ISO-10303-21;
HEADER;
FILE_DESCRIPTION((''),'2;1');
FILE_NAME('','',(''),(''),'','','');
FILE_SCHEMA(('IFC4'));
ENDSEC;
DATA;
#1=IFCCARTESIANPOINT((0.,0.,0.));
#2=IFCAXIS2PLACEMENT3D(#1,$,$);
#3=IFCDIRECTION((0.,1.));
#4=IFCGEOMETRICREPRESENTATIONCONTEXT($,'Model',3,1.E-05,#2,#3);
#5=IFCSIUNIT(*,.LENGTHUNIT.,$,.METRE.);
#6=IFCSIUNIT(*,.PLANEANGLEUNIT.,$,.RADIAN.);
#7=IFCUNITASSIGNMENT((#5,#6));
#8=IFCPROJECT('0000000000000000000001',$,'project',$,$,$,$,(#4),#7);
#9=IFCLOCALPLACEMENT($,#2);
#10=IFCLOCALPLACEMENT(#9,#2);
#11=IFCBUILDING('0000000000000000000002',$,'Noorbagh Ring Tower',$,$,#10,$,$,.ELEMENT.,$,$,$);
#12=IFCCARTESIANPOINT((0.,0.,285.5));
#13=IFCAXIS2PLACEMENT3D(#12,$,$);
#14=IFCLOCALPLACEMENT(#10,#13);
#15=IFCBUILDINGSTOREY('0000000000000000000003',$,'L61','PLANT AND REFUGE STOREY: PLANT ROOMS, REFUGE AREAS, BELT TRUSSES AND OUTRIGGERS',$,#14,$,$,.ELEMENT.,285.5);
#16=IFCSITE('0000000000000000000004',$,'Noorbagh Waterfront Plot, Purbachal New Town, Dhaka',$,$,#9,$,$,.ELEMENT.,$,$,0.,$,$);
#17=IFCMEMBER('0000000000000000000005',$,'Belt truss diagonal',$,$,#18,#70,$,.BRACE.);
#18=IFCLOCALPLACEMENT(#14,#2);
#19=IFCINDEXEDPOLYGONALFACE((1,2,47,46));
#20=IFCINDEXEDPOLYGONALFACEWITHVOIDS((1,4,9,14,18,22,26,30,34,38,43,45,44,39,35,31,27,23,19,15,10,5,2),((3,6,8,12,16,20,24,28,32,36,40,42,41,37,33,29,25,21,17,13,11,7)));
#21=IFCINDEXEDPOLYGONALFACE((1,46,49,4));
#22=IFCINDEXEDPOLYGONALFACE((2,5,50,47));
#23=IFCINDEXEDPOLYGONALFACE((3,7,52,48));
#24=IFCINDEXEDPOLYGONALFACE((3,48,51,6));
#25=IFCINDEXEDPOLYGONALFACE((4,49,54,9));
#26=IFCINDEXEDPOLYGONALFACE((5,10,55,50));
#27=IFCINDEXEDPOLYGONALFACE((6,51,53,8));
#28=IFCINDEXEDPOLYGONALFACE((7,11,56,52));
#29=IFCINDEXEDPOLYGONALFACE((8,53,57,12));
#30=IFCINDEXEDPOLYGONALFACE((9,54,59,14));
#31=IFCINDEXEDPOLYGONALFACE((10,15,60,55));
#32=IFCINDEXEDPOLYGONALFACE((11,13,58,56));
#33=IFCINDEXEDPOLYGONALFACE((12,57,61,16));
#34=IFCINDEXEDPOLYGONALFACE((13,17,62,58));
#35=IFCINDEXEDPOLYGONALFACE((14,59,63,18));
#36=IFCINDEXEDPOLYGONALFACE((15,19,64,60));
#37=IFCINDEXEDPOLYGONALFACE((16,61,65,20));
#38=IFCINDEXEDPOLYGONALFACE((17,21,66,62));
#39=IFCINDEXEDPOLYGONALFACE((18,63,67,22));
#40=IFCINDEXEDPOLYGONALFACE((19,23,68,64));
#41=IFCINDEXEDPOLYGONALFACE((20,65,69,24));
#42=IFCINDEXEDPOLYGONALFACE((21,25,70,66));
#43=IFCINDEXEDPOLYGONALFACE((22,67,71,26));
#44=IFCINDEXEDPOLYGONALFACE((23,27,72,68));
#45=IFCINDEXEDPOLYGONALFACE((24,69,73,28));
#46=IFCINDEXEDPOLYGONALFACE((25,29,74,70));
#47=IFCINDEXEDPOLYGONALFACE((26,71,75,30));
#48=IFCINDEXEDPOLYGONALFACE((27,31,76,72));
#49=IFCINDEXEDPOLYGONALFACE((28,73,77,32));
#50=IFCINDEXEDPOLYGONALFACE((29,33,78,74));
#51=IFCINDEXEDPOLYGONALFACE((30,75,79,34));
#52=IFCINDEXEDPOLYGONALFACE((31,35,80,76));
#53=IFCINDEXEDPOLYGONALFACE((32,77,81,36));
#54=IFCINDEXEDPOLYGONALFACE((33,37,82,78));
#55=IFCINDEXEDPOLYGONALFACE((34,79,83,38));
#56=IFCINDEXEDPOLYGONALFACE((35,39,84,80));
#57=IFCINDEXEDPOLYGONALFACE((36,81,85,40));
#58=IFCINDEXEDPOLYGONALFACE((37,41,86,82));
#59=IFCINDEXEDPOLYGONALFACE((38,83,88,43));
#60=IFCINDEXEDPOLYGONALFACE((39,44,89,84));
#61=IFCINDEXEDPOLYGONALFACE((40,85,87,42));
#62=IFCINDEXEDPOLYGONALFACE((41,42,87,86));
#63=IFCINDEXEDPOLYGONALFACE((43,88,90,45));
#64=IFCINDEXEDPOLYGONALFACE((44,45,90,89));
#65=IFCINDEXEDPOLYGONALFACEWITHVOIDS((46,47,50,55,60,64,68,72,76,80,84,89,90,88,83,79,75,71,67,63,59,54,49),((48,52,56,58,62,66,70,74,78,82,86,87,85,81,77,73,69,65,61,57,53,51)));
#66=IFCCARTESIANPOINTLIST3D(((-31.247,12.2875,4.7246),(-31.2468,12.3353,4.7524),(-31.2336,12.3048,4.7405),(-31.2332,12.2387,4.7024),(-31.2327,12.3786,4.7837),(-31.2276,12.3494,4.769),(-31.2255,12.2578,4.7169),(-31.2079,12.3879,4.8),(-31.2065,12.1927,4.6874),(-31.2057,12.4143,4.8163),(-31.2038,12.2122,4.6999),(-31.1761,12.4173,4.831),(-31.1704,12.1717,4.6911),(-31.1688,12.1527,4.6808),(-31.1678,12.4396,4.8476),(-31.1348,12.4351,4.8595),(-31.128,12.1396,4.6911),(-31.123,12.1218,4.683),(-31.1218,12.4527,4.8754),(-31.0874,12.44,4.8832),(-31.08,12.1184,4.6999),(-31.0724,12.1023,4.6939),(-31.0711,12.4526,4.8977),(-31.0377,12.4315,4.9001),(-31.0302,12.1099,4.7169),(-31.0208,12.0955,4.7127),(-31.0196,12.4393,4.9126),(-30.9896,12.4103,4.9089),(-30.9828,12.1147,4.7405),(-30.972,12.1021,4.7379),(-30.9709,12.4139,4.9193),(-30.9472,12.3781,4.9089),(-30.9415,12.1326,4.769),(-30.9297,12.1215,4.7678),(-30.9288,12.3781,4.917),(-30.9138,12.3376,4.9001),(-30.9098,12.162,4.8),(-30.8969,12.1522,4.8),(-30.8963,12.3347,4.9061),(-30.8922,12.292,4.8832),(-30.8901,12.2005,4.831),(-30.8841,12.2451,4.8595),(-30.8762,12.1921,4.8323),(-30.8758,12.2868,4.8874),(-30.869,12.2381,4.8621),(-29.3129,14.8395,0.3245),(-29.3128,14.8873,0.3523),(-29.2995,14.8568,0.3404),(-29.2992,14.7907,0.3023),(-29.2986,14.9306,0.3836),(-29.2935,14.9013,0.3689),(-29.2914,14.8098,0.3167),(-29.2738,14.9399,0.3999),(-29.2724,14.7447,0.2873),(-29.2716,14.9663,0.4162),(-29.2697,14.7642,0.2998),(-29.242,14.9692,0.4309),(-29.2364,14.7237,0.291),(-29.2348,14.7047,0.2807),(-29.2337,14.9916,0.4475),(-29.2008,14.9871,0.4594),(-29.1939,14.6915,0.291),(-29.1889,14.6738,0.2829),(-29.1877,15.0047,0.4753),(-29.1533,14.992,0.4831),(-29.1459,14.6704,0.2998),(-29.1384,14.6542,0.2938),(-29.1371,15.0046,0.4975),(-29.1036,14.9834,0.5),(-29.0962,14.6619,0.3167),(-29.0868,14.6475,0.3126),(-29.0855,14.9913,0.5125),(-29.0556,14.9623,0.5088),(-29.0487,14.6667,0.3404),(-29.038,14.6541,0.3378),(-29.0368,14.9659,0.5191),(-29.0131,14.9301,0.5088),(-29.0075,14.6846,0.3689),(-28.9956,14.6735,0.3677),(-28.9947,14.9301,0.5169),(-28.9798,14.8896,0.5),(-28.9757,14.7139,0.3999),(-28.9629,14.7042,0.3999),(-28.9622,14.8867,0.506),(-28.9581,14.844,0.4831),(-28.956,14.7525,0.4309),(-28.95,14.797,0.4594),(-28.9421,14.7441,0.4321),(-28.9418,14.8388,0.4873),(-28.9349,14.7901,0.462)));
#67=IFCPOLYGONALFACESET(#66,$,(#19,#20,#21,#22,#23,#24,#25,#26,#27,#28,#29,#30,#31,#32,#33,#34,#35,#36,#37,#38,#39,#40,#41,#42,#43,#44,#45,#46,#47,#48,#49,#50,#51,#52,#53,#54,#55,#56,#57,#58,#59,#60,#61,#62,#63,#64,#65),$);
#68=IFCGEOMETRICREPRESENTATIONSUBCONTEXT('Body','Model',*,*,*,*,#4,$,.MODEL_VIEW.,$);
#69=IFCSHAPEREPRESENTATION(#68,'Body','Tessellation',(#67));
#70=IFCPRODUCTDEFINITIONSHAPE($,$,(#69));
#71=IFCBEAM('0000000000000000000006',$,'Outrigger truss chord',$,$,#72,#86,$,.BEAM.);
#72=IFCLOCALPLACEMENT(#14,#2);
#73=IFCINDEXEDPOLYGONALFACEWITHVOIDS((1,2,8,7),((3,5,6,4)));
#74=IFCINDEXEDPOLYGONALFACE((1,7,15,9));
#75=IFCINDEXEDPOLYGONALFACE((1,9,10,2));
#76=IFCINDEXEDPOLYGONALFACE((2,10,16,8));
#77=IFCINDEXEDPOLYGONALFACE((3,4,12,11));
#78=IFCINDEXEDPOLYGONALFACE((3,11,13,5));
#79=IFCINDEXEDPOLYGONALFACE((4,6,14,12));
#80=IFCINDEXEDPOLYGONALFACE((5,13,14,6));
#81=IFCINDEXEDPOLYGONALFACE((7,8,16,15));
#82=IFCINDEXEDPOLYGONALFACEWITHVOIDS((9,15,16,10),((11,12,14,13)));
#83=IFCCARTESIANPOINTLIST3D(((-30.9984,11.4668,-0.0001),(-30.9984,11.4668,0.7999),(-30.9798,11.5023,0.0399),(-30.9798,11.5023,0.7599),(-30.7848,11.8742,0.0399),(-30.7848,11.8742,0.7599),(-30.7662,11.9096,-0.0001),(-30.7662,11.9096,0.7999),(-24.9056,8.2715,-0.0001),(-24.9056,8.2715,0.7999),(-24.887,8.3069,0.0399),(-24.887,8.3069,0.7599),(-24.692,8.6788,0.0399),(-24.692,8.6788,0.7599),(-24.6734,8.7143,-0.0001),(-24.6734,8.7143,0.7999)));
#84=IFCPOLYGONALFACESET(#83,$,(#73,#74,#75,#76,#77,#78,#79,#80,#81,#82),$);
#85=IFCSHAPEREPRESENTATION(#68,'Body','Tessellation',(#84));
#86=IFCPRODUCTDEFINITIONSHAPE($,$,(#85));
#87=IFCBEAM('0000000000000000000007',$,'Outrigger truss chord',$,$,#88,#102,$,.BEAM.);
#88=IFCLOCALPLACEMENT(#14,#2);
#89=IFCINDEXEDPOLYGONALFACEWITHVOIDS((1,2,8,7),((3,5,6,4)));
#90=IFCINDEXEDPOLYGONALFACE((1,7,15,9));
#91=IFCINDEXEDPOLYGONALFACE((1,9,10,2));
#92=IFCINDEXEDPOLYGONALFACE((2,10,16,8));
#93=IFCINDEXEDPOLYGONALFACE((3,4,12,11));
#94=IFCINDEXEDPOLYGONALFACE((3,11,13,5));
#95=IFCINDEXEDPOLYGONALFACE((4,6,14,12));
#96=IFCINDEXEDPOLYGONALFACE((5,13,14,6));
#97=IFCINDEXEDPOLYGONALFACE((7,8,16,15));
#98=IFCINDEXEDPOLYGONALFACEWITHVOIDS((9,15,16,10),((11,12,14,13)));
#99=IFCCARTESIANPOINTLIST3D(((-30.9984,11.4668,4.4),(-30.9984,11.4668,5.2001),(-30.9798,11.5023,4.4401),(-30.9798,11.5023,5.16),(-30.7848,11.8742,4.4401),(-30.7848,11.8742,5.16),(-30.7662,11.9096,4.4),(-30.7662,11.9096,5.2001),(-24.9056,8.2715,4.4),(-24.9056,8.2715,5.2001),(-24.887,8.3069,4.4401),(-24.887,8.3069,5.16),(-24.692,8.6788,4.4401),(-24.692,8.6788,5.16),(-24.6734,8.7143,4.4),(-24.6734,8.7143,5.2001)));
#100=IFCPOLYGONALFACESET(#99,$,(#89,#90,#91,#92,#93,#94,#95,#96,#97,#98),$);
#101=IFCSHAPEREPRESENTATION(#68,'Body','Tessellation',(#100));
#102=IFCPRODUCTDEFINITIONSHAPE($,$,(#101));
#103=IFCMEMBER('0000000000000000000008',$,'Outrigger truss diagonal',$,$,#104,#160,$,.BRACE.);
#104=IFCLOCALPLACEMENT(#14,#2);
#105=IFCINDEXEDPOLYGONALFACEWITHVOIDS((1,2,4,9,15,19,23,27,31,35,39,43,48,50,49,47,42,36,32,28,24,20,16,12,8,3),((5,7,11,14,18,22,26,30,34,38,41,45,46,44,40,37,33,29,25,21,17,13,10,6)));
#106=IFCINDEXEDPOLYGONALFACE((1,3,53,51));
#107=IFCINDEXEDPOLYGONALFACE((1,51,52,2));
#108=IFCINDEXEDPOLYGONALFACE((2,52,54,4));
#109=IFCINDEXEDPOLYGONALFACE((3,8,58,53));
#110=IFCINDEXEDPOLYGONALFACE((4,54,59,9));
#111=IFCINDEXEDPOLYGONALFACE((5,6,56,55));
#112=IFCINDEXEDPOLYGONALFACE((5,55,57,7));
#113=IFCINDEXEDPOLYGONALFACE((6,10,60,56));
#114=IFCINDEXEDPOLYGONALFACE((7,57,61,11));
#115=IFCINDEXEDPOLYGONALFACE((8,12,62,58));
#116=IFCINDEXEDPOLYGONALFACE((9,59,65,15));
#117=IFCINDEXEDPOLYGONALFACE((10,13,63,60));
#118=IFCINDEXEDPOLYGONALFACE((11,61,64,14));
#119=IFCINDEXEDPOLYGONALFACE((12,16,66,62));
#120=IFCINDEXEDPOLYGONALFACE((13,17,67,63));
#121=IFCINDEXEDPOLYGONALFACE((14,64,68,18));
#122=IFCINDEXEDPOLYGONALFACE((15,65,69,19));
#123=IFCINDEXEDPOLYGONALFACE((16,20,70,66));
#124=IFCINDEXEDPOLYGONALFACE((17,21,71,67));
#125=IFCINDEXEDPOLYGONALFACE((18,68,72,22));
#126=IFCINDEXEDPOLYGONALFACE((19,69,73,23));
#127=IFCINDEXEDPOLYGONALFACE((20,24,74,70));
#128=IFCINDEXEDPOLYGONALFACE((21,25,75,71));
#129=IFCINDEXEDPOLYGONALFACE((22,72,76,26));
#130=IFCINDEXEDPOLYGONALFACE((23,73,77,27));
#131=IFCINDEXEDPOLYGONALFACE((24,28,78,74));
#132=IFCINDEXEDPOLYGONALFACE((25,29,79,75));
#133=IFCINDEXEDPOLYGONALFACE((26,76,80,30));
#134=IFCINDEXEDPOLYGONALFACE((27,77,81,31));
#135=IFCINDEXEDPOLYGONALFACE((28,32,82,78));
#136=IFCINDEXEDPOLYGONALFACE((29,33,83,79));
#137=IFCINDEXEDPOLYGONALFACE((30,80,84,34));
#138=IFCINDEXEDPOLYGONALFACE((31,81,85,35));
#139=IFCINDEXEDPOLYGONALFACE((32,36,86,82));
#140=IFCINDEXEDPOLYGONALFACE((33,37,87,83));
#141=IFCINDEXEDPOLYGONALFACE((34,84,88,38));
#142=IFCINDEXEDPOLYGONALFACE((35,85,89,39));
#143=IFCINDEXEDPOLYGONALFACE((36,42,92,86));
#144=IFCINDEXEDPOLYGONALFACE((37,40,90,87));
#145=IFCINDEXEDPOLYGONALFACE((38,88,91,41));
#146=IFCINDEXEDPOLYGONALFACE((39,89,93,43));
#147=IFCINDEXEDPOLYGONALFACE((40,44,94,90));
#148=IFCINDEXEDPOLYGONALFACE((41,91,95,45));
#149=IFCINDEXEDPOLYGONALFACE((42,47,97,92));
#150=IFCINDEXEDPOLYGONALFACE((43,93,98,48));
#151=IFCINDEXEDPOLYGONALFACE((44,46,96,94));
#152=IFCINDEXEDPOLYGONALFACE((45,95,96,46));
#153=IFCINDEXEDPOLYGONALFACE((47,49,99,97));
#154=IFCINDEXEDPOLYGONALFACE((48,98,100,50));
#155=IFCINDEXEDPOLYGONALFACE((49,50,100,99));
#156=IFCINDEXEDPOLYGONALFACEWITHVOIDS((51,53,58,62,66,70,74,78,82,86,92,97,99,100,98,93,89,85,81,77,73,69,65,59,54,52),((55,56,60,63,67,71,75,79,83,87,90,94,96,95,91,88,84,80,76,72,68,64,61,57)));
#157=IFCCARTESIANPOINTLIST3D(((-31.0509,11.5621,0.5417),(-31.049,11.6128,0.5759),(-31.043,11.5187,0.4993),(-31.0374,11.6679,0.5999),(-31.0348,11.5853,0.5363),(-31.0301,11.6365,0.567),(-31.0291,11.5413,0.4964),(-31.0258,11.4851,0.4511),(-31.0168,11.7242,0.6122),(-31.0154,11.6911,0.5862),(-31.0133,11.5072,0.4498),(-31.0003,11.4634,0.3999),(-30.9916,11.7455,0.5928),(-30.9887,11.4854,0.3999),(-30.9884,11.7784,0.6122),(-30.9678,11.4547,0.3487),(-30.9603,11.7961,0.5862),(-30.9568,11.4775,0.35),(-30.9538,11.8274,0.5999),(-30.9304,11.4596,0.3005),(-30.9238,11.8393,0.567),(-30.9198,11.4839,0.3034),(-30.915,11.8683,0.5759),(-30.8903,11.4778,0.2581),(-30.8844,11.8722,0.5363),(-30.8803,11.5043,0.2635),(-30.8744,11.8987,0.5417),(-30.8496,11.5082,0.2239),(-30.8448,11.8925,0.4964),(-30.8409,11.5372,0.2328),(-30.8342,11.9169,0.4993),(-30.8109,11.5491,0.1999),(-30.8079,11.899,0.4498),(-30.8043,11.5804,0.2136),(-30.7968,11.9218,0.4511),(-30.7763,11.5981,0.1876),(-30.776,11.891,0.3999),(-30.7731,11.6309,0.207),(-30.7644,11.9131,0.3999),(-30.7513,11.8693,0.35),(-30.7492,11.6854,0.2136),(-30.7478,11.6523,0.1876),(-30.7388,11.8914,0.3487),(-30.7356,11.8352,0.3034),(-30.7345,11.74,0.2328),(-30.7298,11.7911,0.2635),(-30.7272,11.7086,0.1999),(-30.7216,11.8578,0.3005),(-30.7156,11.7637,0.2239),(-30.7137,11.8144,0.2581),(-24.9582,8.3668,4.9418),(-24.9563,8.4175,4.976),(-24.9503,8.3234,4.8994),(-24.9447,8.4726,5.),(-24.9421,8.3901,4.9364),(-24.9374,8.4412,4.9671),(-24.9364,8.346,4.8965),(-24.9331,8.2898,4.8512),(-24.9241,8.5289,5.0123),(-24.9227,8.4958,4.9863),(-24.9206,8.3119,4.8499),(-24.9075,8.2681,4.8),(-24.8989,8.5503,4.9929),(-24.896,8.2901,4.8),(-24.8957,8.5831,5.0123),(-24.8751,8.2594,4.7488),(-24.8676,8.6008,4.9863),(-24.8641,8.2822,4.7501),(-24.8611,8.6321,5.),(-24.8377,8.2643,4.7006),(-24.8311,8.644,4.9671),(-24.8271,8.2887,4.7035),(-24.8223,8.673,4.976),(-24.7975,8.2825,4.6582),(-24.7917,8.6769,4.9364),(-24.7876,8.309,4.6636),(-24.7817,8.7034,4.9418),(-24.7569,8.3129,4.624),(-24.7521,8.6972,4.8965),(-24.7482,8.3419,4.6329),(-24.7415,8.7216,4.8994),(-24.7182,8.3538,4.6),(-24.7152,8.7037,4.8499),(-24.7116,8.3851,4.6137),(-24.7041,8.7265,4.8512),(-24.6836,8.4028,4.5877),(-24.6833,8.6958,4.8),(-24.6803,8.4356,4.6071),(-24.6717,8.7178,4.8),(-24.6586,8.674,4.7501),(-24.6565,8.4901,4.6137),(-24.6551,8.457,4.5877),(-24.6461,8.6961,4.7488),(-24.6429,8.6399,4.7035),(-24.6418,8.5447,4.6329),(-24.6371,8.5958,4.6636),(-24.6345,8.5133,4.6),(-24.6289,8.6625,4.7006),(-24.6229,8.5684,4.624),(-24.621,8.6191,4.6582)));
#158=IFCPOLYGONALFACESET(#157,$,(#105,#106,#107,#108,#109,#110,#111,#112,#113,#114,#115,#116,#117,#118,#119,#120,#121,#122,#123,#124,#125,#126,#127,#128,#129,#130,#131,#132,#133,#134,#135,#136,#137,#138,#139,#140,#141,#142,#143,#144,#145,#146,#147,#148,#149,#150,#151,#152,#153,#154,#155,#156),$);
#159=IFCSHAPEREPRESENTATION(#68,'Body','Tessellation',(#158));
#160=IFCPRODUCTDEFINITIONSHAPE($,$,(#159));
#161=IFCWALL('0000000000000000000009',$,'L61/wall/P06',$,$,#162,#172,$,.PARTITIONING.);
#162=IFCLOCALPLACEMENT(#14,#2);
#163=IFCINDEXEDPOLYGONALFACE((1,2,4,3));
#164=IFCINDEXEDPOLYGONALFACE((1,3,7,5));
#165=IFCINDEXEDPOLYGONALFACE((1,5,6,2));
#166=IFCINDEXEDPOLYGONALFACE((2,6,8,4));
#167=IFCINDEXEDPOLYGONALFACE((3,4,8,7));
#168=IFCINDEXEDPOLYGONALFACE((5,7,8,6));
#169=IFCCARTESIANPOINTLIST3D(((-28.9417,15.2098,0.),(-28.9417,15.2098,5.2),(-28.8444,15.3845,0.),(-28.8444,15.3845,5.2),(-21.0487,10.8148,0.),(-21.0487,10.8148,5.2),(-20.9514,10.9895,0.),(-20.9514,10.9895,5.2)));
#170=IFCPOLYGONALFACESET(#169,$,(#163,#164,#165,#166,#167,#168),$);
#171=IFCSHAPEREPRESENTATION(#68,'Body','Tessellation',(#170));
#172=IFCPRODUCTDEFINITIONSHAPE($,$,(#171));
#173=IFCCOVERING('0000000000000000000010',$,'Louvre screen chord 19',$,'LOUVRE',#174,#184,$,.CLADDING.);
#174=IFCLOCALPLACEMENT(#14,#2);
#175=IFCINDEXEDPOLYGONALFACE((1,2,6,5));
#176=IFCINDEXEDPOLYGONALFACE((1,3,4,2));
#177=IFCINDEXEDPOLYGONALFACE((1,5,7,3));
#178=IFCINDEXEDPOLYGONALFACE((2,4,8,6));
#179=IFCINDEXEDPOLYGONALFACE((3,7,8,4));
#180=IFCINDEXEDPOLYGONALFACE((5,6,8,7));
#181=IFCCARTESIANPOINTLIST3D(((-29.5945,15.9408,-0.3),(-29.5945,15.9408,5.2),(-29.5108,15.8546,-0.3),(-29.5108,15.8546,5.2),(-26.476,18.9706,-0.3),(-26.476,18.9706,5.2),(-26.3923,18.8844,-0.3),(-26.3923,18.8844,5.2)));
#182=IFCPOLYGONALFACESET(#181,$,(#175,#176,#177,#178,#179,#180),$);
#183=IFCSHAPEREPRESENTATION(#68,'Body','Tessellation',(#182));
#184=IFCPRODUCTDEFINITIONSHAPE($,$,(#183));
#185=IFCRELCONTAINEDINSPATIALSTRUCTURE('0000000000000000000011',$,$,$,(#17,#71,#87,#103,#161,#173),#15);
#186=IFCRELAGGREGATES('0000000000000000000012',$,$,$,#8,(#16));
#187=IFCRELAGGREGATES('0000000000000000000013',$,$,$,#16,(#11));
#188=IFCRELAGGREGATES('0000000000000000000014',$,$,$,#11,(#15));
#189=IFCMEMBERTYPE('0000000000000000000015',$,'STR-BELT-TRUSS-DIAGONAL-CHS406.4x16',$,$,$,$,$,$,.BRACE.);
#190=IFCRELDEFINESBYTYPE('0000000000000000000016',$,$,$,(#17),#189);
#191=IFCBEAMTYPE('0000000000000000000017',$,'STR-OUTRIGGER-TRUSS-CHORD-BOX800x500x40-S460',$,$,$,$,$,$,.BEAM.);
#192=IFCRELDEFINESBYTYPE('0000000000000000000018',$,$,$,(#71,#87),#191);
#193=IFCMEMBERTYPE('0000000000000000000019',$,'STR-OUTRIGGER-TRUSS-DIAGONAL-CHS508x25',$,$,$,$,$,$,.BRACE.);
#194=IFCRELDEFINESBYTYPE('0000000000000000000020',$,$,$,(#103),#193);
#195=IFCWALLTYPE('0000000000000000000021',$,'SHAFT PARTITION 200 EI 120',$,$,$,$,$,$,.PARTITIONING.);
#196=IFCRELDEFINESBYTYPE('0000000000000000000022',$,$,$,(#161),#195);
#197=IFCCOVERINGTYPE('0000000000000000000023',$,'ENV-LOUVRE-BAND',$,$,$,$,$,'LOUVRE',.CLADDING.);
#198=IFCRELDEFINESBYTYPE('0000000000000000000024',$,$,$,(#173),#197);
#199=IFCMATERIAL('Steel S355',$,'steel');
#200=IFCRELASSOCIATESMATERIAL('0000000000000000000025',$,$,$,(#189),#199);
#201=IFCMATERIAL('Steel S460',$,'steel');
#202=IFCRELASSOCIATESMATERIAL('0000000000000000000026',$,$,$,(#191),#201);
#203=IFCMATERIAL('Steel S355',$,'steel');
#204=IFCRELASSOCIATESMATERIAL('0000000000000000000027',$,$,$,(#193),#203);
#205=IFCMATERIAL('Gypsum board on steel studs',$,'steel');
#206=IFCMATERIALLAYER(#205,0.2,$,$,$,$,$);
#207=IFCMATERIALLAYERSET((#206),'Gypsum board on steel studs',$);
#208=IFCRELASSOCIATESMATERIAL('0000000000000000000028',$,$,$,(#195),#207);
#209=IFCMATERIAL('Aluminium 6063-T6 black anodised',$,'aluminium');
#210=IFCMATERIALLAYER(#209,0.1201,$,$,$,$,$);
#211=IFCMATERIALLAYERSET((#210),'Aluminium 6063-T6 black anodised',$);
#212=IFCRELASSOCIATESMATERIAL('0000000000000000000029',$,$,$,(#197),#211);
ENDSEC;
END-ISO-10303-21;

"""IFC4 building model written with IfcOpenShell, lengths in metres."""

from ifc_helpers import new_model, si_unit, direction, frame, frame_2d, origin, origin_2d, place, context, subcontext, project, spatial, rectangle, hollow_rectangle, hollow_circle, extrude, material, layer, layer_set, material_profile, profile_set, type_object, element, save


model = new_model("IFC4")

# Units and contexts
model_context = context("Model", 3, precision=1e-05, world=origin(), true_north=direction((0.0, 1.0)))
body_context = subcontext(model_context, "Body", "Model", "MODEL_VIEW")
ifc_project = project(units=[si_unit("LENGTHUNIT", "METRE"), si_unit("PLANEANGLEUNIT", "RADIAN")], contexts=[model_context])

# Site, building, storey
site_placement = place(None, origin())
site = spatial("IfcSite", under=ifc_project, at=site_placement, Name="Noorbagh Waterfront Plot, Purbachal New Town, Dhaka", CompositionType="ELEMENT", RefElevation=0.0)
building_placement = place(site_placement, origin())
building = spatial("IfcBuilding", under=site, at=building_placement, Name="Noorbagh Ring Tower", CompositionType="ELEMENT")
storey_placement = place(building_placement, frame((0.0, 0.0, 285.5)))
storey = spatial("IfcBuildingStorey", under=building, at=storey_placement, Name="L61", Description="PLANT AND REFUGE STOREY: PLANT ROOMS, REFUGE AREAS, BELT TRUSSES AND OUTRIGGERS", CompositionType="ELEMENT", Elevation=285.5)

# Member
ifc_material_1 = material(Name="Steel S355", Category="steel")
ifc_material_profile_1 = material_profile(ifc_material_1, hollow_circle(Radius=0.2031, WallThickness=0.0161, at=origin_2d()), Name="CHS406.4x16")
ifc_profile_set_1 = profile_set([ifc_material_profile_1], Name="Steel S355")
member_type_1 = type_object("IfcMemberType", Name="STR-BELT-TRUSS-DIAGONAL-CHS406.4x16", PredefinedType="BRACE", material=ifc_profile_set_1)
member_1_placement = place(storey_placement, frame((-29.1248, 14.8269, 0.3999), z_axis=(-0.355403, -0.468951, 0.808563), x_axis=(0.79698, -0.604006, 0.0)))
element("IfcMember", 1, at=member_1_placement, inside=storey, type_object=member_type_1, Name="Belt truss diagonal", PredefinedType="BRACE", context=body_context, shape_type="SweptSolid", body=[
    extrude(hollow_circle(Radius=0.2031, WallThickness=0.0161, at=origin_2d()), origin(), (0.0, 0.0, 1.0), 5.4419),
])

# Beams
ifc_material_2 = material(Name="Steel S460", Category="steel")
ifc_material_profile_2 = material_profile(ifc_material_2, hollow_rectangle(XDim=0.5, YDim=0.8, WallThickness=0.04, at=origin_2d()), Name="BOX800x500x40")
ifc_profile_set_2 = profile_set([ifc_material_profile_2], Name="Steel S460")
beam_type_1 = type_object("IfcBeamType", Name="STR-OUTRIGGER-TRUSS-CHORD-BOX800x500x40-S460", PredefinedType="BEAM", material=ifc_profile_set_2)
for number, where, z_axis, x_axis, name in (
    (2, (-30.8823, 11.6882, 0.3999), (0.885601, -0.464447, 0.0), (0.464447, 0.885601, 0.0), "Outrigger truss chord"),
    (3, (-30.8823, 11.6882, 4.8), (0.885601, -0.464447, 0.0), (0.464447, 0.885601, 0.0), "Outrigger truss chord"),
):
    element("IfcBeam", number, at=place(storey_placement, frame(where, z_axis=z_axis, x_axis=x_axis)), inside=storey, type_object=beam_type_1, Name=name, PredefinedType="BEAM", context=body_context, shape_type="SweptSolid", body=[
        extrude(hollow_rectangle(XDim=0.5, YDim=0.8, WallThickness=0.04, at=origin_2d()), origin(), (0.0, 0.0, 1.0), 6.8799),
    ])

# Member
ifc_material_3 = material(Name="Steel S355", Category="steel")
ifc_material_profile_3 = material_profile(ifc_material_3, hollow_circle(Radius=0.2539, WallThickness=0.0249, at=origin_2d()), Name="CHS508x25")
ifc_profile_set_3 = profile_set([ifc_material_profile_3], Name="Steel S355")
member_type_2 = type_object("IfcMemberType", Name="STR-OUTRIGGER-TRUSS-DIAGONAL-CHS508x25", PredefinedType="BRACE", material=ifc_profile_set_3)
member_2_placement = place(storey_placement, frame((-30.8823, 11.6882, 0.3999), z_axis=(0.746061, -0.391266, 0.538798), x_axis=(0.464447, 0.885601, 0.0)))
element("IfcMember", 4, at=member_2_placement, inside=storey, type_object=member_type_2, Name="Outrigger truss diagonal", PredefinedType="BRACE", context=body_context, shape_type="SweptSolid", body=[
    extrude(hollow_circle(Radius=0.2539, WallThickness=0.0249, at=origin_2d()), origin(), (0.0, 0.0, 1.0), 8.1665),
])

# Wall
ifc_material_4 = material(Name="Gypsum board on steel studs", Category="steel")
ifc_layer_1 = layer(ifc_material_4, 0.2)
ifc_layer_set_1 = layer_set([ifc_layer_1], Name="Gypsum board on steel studs")
wall_type = type_object("IfcWallType", Name="SHAFT PARTITION 200 EI 120", PredefinedType="PARTITIONING", material=ifc_layer_set_1)
wall_placement = place(storey_placement, frame((-28.8931, 15.2971, 0.0), z_axis=(0.0, 0.0, 1.0), x_axis=(0.873688, -0.486487, 0.0)))
element("IfcWall", 5, at=wall_placement, inside=storey, type_object=wall_type, Name="L61/wall/P06", PredefinedType="PARTITIONING", context=body_context, shape_type="SweptSolid", body=[
    extrude(rectangle(XDim=9.0342, YDim=0.2, at=frame_2d((4.5171, 0.0))), origin(), (0.0, 0.0, 1.0), 5.2),
])

# Covering
ifc_material_5 = material(Name="Aluminium 6063-T6 black anodised", Category="aluminium")
ifc_layer_2 = layer(ifc_material_5, 0.1201)
ifc_layer_set_2 = layer_set([ifc_layer_2], Name="Aluminium 6063-T6 black anodised")
covering_type_1 = type_object("IfcCoveringType", Name="ENV-LOUVRE-BAND", ElementType="LOUVRE", PredefinedType="CLADDING", material=ifc_layer_set_2)
covering_1_placement = place(storey_placement, frame((-27.9934, 17.4126, -0.3), z_axis=(0.0, 0.0, 1.0), x_axis=(-0.717225, -0.696842, 0.0)))
element("IfcCovering", 6, at=covering_1_placement, inside=storey, type_object=covering_type_1, Name="Louvre screen chord 19", ObjectType="LOUVRE", PredefinedType="CLADDING", context=body_context, shape_type="SweptSolid", body=[
    extrude(rectangle(XDim=4.3479, YDim=0.1201, at=origin_2d()), origin(), (0.0, 0.0, 1.0), 5.5),
])

save(model, "model.ifc")
